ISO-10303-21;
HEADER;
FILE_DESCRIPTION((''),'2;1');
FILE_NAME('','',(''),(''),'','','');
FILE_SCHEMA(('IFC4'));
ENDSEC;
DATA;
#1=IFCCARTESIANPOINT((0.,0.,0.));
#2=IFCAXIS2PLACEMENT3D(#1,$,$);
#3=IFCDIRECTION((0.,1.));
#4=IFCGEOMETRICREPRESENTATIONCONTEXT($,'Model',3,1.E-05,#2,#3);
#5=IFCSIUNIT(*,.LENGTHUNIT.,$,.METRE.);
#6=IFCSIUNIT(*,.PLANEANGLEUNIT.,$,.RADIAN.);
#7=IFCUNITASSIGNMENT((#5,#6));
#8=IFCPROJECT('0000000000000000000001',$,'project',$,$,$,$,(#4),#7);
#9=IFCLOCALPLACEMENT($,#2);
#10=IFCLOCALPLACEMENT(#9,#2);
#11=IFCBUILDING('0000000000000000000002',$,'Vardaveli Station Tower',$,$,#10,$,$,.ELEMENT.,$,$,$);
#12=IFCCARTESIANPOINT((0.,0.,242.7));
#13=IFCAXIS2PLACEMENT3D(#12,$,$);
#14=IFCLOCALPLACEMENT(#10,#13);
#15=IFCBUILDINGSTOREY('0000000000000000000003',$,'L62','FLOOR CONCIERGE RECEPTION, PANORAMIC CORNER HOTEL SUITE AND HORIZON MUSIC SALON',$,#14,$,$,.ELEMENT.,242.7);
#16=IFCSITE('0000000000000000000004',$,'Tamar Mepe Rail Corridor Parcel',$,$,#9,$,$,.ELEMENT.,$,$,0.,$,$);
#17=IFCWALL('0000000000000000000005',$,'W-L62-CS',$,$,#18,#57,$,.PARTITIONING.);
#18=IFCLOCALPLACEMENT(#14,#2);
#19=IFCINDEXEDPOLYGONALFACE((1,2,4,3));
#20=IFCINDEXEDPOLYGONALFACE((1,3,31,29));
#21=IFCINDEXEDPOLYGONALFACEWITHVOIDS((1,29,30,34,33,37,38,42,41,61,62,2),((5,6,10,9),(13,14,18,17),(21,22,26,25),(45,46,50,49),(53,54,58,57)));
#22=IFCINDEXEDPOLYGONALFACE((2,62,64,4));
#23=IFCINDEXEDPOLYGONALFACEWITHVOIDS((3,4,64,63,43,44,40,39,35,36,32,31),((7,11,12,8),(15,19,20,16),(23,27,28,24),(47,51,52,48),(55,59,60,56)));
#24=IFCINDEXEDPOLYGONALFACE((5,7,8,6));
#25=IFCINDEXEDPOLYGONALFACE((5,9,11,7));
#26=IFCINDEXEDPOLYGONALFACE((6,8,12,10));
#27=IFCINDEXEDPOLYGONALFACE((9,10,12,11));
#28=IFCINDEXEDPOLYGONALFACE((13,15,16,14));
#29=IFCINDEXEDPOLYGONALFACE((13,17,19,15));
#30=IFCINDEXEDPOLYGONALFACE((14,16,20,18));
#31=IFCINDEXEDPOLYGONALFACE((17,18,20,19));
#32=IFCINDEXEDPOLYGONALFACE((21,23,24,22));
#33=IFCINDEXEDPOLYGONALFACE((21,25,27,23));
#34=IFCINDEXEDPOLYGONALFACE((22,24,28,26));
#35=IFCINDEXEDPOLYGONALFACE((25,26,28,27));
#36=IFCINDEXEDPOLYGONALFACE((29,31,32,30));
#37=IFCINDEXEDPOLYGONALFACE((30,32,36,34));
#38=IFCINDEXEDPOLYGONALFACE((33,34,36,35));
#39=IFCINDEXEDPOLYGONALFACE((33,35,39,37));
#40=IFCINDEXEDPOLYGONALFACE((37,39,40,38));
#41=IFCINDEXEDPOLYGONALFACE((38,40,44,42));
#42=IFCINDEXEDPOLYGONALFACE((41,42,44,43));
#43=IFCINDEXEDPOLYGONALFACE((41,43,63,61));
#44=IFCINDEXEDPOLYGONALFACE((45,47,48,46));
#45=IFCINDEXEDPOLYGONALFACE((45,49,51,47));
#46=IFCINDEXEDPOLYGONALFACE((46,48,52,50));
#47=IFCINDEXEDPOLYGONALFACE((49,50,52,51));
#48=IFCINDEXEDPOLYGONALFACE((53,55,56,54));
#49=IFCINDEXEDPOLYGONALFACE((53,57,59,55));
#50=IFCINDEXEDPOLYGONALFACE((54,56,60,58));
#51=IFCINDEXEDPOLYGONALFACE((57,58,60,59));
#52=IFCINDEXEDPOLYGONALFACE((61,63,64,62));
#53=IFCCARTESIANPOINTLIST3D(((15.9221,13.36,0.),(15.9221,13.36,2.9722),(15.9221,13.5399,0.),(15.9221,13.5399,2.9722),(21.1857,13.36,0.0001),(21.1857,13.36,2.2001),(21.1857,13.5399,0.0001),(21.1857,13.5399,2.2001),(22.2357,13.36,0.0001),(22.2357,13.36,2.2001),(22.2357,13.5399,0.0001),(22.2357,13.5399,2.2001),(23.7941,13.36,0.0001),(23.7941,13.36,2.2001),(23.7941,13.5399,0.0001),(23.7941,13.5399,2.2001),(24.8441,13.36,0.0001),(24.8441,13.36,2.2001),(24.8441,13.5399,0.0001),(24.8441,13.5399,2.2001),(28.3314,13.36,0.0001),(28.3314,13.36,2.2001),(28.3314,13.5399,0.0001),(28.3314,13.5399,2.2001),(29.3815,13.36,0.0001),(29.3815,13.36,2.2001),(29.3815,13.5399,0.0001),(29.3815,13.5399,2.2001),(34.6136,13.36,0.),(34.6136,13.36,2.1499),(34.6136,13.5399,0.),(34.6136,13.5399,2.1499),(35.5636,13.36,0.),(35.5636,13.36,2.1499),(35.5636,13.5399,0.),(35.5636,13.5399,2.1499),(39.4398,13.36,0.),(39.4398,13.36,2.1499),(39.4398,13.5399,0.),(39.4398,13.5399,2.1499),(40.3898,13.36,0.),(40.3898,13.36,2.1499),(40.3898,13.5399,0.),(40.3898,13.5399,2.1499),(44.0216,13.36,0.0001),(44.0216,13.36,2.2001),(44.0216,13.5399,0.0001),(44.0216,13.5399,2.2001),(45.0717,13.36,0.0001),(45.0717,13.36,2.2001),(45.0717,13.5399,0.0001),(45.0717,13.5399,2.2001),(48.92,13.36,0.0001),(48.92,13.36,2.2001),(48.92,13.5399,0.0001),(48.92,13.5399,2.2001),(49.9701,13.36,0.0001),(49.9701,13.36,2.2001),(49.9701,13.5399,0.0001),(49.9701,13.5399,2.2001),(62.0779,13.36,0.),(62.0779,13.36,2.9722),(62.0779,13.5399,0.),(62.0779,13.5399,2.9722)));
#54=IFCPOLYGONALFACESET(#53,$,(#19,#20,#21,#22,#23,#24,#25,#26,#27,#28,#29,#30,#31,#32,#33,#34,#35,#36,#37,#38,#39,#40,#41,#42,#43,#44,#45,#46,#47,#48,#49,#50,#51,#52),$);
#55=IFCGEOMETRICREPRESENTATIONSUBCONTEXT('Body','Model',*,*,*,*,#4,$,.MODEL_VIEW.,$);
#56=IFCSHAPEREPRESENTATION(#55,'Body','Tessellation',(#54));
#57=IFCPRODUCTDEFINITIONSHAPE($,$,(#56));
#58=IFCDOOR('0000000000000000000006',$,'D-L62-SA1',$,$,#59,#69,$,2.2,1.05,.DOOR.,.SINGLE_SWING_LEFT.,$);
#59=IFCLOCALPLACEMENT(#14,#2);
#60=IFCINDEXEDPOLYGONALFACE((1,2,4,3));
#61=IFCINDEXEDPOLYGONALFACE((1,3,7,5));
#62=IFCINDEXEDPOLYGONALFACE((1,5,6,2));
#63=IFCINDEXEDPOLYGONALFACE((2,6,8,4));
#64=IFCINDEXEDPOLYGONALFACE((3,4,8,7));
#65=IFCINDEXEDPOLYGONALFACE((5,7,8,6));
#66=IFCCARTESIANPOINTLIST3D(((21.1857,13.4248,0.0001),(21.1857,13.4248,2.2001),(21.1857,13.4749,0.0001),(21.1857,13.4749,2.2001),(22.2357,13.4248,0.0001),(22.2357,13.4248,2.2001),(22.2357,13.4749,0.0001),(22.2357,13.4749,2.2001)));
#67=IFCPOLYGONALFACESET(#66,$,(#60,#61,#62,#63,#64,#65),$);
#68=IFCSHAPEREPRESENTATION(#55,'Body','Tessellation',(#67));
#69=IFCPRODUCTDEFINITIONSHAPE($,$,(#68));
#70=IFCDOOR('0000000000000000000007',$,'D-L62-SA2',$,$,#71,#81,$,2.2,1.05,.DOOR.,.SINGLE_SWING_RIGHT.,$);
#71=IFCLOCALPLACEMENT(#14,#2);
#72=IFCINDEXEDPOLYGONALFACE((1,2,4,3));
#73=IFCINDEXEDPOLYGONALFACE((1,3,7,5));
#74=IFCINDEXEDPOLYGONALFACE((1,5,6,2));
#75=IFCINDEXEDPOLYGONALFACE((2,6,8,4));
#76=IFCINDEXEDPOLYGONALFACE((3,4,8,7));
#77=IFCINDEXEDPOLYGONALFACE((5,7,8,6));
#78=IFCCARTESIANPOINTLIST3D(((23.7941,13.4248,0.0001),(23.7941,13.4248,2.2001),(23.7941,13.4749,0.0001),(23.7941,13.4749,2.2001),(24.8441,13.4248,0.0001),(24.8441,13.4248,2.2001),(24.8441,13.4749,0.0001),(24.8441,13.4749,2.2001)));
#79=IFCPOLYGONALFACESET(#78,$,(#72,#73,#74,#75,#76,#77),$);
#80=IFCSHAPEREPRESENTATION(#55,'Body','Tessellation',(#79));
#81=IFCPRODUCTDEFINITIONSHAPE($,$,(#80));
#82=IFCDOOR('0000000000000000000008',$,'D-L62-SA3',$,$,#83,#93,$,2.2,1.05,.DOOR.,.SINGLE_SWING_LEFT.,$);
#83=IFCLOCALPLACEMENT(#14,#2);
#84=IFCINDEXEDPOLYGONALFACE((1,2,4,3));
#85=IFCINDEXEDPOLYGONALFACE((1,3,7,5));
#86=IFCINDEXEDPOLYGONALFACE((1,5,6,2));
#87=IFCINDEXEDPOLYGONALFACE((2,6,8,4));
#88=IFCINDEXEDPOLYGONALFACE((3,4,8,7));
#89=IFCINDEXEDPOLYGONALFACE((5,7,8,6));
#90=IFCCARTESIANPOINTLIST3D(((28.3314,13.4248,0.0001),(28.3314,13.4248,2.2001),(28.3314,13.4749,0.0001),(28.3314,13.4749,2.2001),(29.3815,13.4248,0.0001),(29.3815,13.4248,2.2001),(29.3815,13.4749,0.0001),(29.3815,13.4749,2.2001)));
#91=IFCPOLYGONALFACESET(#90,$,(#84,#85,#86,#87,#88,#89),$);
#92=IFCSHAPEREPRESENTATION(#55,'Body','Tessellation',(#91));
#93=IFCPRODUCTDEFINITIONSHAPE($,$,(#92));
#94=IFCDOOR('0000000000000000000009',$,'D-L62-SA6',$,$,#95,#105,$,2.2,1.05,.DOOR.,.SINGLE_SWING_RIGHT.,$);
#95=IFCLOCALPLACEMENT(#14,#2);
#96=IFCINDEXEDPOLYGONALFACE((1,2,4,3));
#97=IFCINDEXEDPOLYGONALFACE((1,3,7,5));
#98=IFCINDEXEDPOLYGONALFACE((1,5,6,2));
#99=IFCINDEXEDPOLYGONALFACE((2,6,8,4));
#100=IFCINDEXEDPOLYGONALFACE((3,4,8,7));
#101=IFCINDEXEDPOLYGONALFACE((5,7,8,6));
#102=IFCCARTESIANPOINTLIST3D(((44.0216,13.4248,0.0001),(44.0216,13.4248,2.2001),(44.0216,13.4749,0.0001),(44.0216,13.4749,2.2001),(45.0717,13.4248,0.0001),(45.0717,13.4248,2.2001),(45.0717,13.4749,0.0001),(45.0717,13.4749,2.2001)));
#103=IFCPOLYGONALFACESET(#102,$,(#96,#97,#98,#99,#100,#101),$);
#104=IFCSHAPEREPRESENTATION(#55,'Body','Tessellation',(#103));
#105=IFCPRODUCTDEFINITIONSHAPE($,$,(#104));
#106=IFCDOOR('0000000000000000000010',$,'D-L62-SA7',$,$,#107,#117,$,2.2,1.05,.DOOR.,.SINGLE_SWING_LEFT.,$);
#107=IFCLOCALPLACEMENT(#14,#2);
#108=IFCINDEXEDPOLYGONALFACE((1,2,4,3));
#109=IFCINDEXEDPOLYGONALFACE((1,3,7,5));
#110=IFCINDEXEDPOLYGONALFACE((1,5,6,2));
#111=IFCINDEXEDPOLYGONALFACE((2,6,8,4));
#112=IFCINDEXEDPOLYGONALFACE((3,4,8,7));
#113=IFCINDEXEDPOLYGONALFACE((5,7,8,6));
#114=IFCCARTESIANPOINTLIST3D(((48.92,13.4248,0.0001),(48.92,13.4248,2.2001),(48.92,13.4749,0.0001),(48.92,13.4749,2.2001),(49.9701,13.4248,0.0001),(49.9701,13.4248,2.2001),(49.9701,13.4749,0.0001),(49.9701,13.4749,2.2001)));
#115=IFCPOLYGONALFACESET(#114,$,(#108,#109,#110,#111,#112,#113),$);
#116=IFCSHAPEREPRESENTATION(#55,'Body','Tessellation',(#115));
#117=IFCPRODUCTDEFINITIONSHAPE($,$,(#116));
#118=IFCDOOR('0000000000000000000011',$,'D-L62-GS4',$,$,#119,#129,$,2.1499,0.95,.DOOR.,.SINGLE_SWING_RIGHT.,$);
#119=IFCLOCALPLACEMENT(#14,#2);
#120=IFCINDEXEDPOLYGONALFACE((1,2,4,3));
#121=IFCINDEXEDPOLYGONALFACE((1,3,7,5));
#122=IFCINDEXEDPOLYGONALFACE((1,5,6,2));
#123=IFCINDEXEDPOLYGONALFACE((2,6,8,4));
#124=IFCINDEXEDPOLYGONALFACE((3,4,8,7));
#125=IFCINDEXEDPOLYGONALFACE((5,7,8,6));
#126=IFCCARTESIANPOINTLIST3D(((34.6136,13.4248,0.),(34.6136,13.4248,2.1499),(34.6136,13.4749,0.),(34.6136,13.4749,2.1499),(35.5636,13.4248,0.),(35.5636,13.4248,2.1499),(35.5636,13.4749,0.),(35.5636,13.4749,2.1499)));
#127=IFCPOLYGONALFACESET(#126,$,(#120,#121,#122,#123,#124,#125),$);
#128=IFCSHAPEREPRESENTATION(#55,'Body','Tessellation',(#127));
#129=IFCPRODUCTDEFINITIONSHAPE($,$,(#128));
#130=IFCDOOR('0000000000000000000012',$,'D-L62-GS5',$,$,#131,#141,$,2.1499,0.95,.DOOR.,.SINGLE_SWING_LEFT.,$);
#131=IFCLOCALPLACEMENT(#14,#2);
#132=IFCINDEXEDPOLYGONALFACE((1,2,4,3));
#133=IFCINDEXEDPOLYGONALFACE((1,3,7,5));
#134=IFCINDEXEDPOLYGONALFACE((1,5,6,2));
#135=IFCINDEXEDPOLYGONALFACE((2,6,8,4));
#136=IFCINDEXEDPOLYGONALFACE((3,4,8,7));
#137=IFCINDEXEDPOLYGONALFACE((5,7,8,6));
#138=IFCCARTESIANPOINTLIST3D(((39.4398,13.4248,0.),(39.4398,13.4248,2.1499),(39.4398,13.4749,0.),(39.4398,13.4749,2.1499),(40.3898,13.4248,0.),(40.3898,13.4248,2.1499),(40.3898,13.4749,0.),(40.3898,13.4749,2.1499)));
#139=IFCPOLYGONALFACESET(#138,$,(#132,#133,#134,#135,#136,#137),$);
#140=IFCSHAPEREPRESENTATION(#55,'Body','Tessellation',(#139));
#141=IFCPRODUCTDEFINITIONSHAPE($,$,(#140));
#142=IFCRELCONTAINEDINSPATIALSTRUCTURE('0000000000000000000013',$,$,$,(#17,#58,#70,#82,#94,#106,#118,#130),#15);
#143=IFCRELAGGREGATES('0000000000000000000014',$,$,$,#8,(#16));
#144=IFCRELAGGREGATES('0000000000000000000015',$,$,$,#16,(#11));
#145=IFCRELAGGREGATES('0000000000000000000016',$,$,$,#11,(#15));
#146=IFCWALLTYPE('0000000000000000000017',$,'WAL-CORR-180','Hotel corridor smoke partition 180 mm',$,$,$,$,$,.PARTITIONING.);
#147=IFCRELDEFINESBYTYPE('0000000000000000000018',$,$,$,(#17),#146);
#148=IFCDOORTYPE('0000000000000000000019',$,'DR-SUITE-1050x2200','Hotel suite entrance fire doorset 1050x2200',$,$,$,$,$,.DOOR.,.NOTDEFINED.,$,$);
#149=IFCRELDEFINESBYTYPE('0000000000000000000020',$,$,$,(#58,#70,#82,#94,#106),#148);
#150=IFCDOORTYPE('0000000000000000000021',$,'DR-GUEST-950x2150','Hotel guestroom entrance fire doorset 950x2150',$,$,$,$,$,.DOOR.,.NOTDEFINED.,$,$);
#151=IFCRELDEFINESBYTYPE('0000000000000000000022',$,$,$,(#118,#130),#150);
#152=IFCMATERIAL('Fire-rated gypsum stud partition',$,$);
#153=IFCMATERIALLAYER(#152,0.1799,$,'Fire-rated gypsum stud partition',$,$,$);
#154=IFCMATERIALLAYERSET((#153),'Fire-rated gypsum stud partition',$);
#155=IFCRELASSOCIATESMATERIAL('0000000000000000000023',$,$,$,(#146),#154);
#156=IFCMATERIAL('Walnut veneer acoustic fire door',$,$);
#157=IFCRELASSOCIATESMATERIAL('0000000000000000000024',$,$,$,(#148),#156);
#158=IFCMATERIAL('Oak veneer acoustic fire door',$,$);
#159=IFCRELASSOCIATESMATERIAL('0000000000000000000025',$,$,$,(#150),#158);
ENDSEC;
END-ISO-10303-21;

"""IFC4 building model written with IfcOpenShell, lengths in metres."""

from ifc_helpers import new_model, si_unit, direction, frame, frame_2d, origin, place, context, subcontext, project, spatial, rectangle, extrude, source, transform, mapped, material, layer, layer_set, type_object, element, fill, save


model = new_model("IFC4")

# Units and contexts
model_context = context("Model", 3, precision=1e-05, world=origin(), true_north=direction((0.0, 1.0)))
body_context = subcontext(model_context, "Body", "Model", "MODEL_VIEW")
ifc_project = project(units=[si_unit("LENGTHUNIT", "METRE"), si_unit("PLANEANGLEUNIT", "RADIAN")], contexts=[model_context])

# Site, building, storey
site_placement = place(None, origin())
site = spatial("IfcSite", under=ifc_project, at=site_placement, Name="Tamar Mepe Rail Corridor Parcel", CompositionType="ELEMENT", RefElevation=0.0)
building_placement = place(site_placement, origin())
building = spatial("IfcBuilding", under=site, at=building_placement, Name="Vardaveli Station Tower", CompositionType="ELEMENT")
storey_placement = place(building_placement, frame((0.0, 0.0, 242.7)))
storey = spatial("IfcBuildingStorey", under=building, at=storey_placement, Name="L62", Description="FLOOR CONCIERGE RECEPTION, PANORAMIC CORNER HOTEL SUITE AND HORIZON MUSIC SALON", CompositionType="ELEMENT", Elevation=242.7)

# Wall, openings, doors
ifc_material_1 = material(Name="Fire-rated gypsum stud partition")
ifc_layer_1 = layer(ifc_material_1, 0.1799, Name="Fire-rated gypsum stud partition")
ifc_layer_set_1 = layer_set([ifc_layer_1], Name="Fire-rated gypsum stud partition")
wall_type_1 = type_object("IfcWallType", Name="WAL-CORR-180", Description="Hotel corridor smoke partition 180 mm", PredefinedType="PARTITIONING", material=ifc_layer_set_1)
shared_shape_1 = source(origin(), body_context, "Body", "SweptSolid", [
    extrude(rectangle(XDim=46.1558, YDim=0.1799, at=frame_2d((23.0779, 0.0))), origin(), (0.0, 0.0, 1.0), 2.9722),
])
wall_1_placement = place(storey_placement, frame((15.9221, 13.45, 0.0), z_axis=(0.0, 0.0, 1.0), x_axis=(1.0, 0.0, 0.0)))
wall_1 = element("IfcWall", 1, at=wall_1_placement, inside=storey, type_object=wall_type_1, Name="W-L62-CS", PredefinedType="PARTITIONING", context=body_context, shape_type="MappedRepresentation", body=[
    mapped(shared_shape_1, transform((0.0, 0.0, 0.0), scale=1.0)),
])
shared_shape_2 = source(origin(), body_context, "Body", "SweptSolid", [
    extrude(rectangle(XDim=1.05, YDim=2.2, at=frame_2d((0.5249, 1.1001))), frame((0.0, 0.1001, 0.0), z_axis=(0.0, -1.0, 0.0), x_axis=(1.0, 0.0, 0.0)), (0.0, 0.0, 1.0), 0.2),
])
opening_1_placement = place(wall_1_placement, frame((5.2637, 0.0, 0.0)))
opening_1 = element("IfcOpeningElement", 2, at=opening_1_placement, cuts=wall_1, PredefinedType="OPENING", context=body_context, shape_type="MappedRepresentation", body=[
    mapped(shared_shape_2, transform((0.0, 0.0, 0.0), scale=1.0)),
])
opening_2_placement = place(wall_1_placement, frame((7.8721, 0.0, 0.0)))
opening_2 = element("IfcOpeningElement", 3, at=opening_2_placement, cuts=wall_1, PredefinedType="OPENING", context=body_context, shape_type="MappedRepresentation", body=[
    mapped(shared_shape_2, transform((0.0, 0.0, 0.0), scale=1.0)),
])
opening_3_placement = place(wall_1_placement, frame((12.4094, 0.0, 0.0)))
opening_3 = element("IfcOpeningElement", 4, at=opening_3_placement, cuts=wall_1, PredefinedType="OPENING", context=body_context, shape_type="MappedRepresentation", body=[
    mapped(shared_shape_2, transform((0.0, 0.0, 0.0), scale=1.0)),
])
shared_shape_3 = source(origin(), body_context, "Body", "SweptSolid", [
    extrude(rectangle(XDim=0.95, YDim=2.1499, at=frame_2d((0.4751, 1.075))), frame((0.0, 0.1001, 0.0), z_axis=(0.0, -1.0, 0.0), x_axis=(1.0, 0.0, 0.0)), (0.0, 0.0, 1.0), 0.2),
])
opening_4_placement = place(wall_1_placement, frame((18.6914, 0.0, 0.0)))
opening_4 = element("IfcOpeningElement", 5, at=opening_4_placement, cuts=wall_1, PredefinedType="OPENING", context=body_context, shape_type="MappedRepresentation", body=[
    mapped(shared_shape_3, transform((0.0, 0.0, 0.0), scale=1.0)),
])
opening_5_placement = place(wall_1_placement, frame((23.5176, 0.0, 0.0)))
opening_5 = element("IfcOpeningElement", 6, at=opening_5_placement, cuts=wall_1, PredefinedType="OPENING", context=body_context, shape_type="MappedRepresentation", body=[
    mapped(shared_shape_3, transform((0.0, 0.0, 0.0), scale=1.0)),
])
opening_6_placement = place(wall_1_placement, frame((28.0996, 0.0, 0.0)))
opening_6 = element("IfcOpeningElement", 7, at=opening_6_placement, cuts=wall_1, PredefinedType="OPENING", context=body_context, shape_type="MappedRepresentation", body=[
    mapped(shared_shape_2, transform((0.0, 0.0, 0.0), scale=1.0)),
])
opening_7_placement = place(wall_1_placement, frame((32.998, 0.0, 0.0)))
opening_7 = element("IfcOpeningElement", 8, at=opening_7_placement, cuts=wall_1, PredefinedType="OPENING", context=body_context, shape_type="MappedRepresentation", body=[
    mapped(shared_shape_2, transform((0.0, 0.0, 0.0), scale=1.0)),
])
ifc_material_2 = material(Name="Walnut veneer acoustic fire door")
door_type_1 = type_object("IfcDoorType", Name="DR-SUITE-1050x2200", Description="Hotel suite entrance fire doorset 1050x2200", OperationType="NOTDEFINED", PredefinedType="DOOR", material=ifc_material_2)
shared_shape_4 = source(origin(), body_context, "Body", "SweptSolid", [
    extrude(rectangle(XDim=1.05, YDim=2.2, at=frame_2d((0.5249, 1.1001))), frame((0.0, 0.0249, 0.0), z_axis=(0.0, -1.0, 0.0), x_axis=(1.0, 0.0, 0.0)), (0.0, 0.0, 1.0), 0.05),
])
door_1_placement = place(opening_1_placement, origin())
door_1 = element("IfcDoor", 9, at=door_1_placement, inside=storey, type_object=door_type_1, Name="D-L62-SA1", OperationType="SINGLE_SWING_LEFT", OverallHeight=2.2, OverallWidth=1.05, PredefinedType="DOOR", context=body_context, shape_type="MappedRepresentation", body=[
    mapped(shared_shape_4, transform((0.0, 0.0, 0.0), scale=1.0)),
])
fill(opening_1, door_1)
door_2_placement = place(opening_2_placement, origin())
door_2 = element("IfcDoor", 10, at=door_2_placement, inside=storey, type_object=door_type_1, Name="D-L62-SA2", OperationType="SINGLE_SWING_RIGHT", OverallHeight=2.2, OverallWidth=1.05, PredefinedType="DOOR", context=body_context, shape_type="MappedRepresentation", body=[
    mapped(shared_shape_4, transform((0.0, 0.0, 0.0), scale=1.0)),
])
fill(opening_2, door_2)
door_3_placement = place(opening_3_placement, origin())
door_3 = element("IfcDoor", 11, at=door_3_placement, inside=storey, type_object=door_type_1, Name="D-L62-SA3", OperationType="SINGLE_SWING_LEFT", OverallHeight=2.2, OverallWidth=1.05, PredefinedType="DOOR", context=body_context, shape_type="MappedRepresentation", body=[
    mapped(shared_shape_4, transform((0.0, 0.0, 0.0), scale=1.0)),
])
fill(opening_3, door_3)
door_4_placement = place(opening_6_placement, origin())
door_4 = element("IfcDoor", 12, at=door_4_placement, inside=storey, type_object=door_type_1, Name="D-L62-SA6", OperationType="SINGLE_SWING_RIGHT", OverallHeight=2.2, OverallWidth=1.05, PredefinedType="DOOR", context=body_context, shape_type="MappedRepresentation", body=[
    mapped(shared_shape_4, transform((0.0, 0.0, 0.0), scale=1.0)),
])
fill(opening_6, door_4)
door_5_placement = place(opening_7_placement, origin())
door_5 = element("IfcDoor", 13, at=door_5_placement, inside=storey, type_object=door_type_1, Name="D-L62-SA7", OperationType="SINGLE_SWING_LEFT", OverallHeight=2.2, OverallWidth=1.05, PredefinedType="DOOR", context=body_context, shape_type="MappedRepresentation", body=[
    mapped(shared_shape_4, transform((0.0, 0.0, 0.0), scale=1.0)),
])
fill(opening_7, door_5)
ifc_material_3 = material(Name="Oak veneer acoustic fire door")
door_type_2 = type_object("IfcDoorType", Name="DR-GUEST-950x2150", Description="Hotel guestroom entrance fire doorset 950x2150", OperationType="NOTDEFINED", PredefinedType="DOOR", material=ifc_material_3)
shared_shape_5 = source(origin(), body_context, "Body", "SweptSolid", [
    extrude(rectangle(XDim=0.95, YDim=2.1499, at=frame_2d((0.4751, 1.075))), frame((0.0, 0.0249, 0.0), z_axis=(0.0, -1.0, 0.0), x_axis=(1.0, 0.0, 0.0)), (0.0, 0.0, 1.0), 0.05),
])
door_6_placement = place(opening_4_placement, origin())
door_6 = element("IfcDoor", 14, at=door_6_placement, inside=storey, type_object=door_type_2, Name="D-L62-GS4", OperationType="SINGLE_SWING_RIGHT", OverallHeight=2.1499, OverallWidth=0.95, PredefinedType="DOOR", context=body_context, shape_type="MappedRepresentation", body=[
    mapped(shared_shape_5, transform((0.0, 0.0, 0.0), scale=1.0)),
])
fill(opening_4, door_6)
door_7_placement = place(opening_5_placement, origin())
door_7 = element("IfcDoor", 15, at=door_7_placement, inside=storey, type_object=door_type_2, Name="D-L62-GS5", OperationType="SINGLE_SWING_LEFT", OverallHeight=2.1499, OverallWidth=0.95, PredefinedType="DOOR", context=body_context, shape_type="MappedRepresentation", body=[
    mapped(shared_shape_5, transform((0.0, 0.0, 0.0), scale=1.0)),
])
fill(opening_5, door_7)

save(model, "model.ifc")
